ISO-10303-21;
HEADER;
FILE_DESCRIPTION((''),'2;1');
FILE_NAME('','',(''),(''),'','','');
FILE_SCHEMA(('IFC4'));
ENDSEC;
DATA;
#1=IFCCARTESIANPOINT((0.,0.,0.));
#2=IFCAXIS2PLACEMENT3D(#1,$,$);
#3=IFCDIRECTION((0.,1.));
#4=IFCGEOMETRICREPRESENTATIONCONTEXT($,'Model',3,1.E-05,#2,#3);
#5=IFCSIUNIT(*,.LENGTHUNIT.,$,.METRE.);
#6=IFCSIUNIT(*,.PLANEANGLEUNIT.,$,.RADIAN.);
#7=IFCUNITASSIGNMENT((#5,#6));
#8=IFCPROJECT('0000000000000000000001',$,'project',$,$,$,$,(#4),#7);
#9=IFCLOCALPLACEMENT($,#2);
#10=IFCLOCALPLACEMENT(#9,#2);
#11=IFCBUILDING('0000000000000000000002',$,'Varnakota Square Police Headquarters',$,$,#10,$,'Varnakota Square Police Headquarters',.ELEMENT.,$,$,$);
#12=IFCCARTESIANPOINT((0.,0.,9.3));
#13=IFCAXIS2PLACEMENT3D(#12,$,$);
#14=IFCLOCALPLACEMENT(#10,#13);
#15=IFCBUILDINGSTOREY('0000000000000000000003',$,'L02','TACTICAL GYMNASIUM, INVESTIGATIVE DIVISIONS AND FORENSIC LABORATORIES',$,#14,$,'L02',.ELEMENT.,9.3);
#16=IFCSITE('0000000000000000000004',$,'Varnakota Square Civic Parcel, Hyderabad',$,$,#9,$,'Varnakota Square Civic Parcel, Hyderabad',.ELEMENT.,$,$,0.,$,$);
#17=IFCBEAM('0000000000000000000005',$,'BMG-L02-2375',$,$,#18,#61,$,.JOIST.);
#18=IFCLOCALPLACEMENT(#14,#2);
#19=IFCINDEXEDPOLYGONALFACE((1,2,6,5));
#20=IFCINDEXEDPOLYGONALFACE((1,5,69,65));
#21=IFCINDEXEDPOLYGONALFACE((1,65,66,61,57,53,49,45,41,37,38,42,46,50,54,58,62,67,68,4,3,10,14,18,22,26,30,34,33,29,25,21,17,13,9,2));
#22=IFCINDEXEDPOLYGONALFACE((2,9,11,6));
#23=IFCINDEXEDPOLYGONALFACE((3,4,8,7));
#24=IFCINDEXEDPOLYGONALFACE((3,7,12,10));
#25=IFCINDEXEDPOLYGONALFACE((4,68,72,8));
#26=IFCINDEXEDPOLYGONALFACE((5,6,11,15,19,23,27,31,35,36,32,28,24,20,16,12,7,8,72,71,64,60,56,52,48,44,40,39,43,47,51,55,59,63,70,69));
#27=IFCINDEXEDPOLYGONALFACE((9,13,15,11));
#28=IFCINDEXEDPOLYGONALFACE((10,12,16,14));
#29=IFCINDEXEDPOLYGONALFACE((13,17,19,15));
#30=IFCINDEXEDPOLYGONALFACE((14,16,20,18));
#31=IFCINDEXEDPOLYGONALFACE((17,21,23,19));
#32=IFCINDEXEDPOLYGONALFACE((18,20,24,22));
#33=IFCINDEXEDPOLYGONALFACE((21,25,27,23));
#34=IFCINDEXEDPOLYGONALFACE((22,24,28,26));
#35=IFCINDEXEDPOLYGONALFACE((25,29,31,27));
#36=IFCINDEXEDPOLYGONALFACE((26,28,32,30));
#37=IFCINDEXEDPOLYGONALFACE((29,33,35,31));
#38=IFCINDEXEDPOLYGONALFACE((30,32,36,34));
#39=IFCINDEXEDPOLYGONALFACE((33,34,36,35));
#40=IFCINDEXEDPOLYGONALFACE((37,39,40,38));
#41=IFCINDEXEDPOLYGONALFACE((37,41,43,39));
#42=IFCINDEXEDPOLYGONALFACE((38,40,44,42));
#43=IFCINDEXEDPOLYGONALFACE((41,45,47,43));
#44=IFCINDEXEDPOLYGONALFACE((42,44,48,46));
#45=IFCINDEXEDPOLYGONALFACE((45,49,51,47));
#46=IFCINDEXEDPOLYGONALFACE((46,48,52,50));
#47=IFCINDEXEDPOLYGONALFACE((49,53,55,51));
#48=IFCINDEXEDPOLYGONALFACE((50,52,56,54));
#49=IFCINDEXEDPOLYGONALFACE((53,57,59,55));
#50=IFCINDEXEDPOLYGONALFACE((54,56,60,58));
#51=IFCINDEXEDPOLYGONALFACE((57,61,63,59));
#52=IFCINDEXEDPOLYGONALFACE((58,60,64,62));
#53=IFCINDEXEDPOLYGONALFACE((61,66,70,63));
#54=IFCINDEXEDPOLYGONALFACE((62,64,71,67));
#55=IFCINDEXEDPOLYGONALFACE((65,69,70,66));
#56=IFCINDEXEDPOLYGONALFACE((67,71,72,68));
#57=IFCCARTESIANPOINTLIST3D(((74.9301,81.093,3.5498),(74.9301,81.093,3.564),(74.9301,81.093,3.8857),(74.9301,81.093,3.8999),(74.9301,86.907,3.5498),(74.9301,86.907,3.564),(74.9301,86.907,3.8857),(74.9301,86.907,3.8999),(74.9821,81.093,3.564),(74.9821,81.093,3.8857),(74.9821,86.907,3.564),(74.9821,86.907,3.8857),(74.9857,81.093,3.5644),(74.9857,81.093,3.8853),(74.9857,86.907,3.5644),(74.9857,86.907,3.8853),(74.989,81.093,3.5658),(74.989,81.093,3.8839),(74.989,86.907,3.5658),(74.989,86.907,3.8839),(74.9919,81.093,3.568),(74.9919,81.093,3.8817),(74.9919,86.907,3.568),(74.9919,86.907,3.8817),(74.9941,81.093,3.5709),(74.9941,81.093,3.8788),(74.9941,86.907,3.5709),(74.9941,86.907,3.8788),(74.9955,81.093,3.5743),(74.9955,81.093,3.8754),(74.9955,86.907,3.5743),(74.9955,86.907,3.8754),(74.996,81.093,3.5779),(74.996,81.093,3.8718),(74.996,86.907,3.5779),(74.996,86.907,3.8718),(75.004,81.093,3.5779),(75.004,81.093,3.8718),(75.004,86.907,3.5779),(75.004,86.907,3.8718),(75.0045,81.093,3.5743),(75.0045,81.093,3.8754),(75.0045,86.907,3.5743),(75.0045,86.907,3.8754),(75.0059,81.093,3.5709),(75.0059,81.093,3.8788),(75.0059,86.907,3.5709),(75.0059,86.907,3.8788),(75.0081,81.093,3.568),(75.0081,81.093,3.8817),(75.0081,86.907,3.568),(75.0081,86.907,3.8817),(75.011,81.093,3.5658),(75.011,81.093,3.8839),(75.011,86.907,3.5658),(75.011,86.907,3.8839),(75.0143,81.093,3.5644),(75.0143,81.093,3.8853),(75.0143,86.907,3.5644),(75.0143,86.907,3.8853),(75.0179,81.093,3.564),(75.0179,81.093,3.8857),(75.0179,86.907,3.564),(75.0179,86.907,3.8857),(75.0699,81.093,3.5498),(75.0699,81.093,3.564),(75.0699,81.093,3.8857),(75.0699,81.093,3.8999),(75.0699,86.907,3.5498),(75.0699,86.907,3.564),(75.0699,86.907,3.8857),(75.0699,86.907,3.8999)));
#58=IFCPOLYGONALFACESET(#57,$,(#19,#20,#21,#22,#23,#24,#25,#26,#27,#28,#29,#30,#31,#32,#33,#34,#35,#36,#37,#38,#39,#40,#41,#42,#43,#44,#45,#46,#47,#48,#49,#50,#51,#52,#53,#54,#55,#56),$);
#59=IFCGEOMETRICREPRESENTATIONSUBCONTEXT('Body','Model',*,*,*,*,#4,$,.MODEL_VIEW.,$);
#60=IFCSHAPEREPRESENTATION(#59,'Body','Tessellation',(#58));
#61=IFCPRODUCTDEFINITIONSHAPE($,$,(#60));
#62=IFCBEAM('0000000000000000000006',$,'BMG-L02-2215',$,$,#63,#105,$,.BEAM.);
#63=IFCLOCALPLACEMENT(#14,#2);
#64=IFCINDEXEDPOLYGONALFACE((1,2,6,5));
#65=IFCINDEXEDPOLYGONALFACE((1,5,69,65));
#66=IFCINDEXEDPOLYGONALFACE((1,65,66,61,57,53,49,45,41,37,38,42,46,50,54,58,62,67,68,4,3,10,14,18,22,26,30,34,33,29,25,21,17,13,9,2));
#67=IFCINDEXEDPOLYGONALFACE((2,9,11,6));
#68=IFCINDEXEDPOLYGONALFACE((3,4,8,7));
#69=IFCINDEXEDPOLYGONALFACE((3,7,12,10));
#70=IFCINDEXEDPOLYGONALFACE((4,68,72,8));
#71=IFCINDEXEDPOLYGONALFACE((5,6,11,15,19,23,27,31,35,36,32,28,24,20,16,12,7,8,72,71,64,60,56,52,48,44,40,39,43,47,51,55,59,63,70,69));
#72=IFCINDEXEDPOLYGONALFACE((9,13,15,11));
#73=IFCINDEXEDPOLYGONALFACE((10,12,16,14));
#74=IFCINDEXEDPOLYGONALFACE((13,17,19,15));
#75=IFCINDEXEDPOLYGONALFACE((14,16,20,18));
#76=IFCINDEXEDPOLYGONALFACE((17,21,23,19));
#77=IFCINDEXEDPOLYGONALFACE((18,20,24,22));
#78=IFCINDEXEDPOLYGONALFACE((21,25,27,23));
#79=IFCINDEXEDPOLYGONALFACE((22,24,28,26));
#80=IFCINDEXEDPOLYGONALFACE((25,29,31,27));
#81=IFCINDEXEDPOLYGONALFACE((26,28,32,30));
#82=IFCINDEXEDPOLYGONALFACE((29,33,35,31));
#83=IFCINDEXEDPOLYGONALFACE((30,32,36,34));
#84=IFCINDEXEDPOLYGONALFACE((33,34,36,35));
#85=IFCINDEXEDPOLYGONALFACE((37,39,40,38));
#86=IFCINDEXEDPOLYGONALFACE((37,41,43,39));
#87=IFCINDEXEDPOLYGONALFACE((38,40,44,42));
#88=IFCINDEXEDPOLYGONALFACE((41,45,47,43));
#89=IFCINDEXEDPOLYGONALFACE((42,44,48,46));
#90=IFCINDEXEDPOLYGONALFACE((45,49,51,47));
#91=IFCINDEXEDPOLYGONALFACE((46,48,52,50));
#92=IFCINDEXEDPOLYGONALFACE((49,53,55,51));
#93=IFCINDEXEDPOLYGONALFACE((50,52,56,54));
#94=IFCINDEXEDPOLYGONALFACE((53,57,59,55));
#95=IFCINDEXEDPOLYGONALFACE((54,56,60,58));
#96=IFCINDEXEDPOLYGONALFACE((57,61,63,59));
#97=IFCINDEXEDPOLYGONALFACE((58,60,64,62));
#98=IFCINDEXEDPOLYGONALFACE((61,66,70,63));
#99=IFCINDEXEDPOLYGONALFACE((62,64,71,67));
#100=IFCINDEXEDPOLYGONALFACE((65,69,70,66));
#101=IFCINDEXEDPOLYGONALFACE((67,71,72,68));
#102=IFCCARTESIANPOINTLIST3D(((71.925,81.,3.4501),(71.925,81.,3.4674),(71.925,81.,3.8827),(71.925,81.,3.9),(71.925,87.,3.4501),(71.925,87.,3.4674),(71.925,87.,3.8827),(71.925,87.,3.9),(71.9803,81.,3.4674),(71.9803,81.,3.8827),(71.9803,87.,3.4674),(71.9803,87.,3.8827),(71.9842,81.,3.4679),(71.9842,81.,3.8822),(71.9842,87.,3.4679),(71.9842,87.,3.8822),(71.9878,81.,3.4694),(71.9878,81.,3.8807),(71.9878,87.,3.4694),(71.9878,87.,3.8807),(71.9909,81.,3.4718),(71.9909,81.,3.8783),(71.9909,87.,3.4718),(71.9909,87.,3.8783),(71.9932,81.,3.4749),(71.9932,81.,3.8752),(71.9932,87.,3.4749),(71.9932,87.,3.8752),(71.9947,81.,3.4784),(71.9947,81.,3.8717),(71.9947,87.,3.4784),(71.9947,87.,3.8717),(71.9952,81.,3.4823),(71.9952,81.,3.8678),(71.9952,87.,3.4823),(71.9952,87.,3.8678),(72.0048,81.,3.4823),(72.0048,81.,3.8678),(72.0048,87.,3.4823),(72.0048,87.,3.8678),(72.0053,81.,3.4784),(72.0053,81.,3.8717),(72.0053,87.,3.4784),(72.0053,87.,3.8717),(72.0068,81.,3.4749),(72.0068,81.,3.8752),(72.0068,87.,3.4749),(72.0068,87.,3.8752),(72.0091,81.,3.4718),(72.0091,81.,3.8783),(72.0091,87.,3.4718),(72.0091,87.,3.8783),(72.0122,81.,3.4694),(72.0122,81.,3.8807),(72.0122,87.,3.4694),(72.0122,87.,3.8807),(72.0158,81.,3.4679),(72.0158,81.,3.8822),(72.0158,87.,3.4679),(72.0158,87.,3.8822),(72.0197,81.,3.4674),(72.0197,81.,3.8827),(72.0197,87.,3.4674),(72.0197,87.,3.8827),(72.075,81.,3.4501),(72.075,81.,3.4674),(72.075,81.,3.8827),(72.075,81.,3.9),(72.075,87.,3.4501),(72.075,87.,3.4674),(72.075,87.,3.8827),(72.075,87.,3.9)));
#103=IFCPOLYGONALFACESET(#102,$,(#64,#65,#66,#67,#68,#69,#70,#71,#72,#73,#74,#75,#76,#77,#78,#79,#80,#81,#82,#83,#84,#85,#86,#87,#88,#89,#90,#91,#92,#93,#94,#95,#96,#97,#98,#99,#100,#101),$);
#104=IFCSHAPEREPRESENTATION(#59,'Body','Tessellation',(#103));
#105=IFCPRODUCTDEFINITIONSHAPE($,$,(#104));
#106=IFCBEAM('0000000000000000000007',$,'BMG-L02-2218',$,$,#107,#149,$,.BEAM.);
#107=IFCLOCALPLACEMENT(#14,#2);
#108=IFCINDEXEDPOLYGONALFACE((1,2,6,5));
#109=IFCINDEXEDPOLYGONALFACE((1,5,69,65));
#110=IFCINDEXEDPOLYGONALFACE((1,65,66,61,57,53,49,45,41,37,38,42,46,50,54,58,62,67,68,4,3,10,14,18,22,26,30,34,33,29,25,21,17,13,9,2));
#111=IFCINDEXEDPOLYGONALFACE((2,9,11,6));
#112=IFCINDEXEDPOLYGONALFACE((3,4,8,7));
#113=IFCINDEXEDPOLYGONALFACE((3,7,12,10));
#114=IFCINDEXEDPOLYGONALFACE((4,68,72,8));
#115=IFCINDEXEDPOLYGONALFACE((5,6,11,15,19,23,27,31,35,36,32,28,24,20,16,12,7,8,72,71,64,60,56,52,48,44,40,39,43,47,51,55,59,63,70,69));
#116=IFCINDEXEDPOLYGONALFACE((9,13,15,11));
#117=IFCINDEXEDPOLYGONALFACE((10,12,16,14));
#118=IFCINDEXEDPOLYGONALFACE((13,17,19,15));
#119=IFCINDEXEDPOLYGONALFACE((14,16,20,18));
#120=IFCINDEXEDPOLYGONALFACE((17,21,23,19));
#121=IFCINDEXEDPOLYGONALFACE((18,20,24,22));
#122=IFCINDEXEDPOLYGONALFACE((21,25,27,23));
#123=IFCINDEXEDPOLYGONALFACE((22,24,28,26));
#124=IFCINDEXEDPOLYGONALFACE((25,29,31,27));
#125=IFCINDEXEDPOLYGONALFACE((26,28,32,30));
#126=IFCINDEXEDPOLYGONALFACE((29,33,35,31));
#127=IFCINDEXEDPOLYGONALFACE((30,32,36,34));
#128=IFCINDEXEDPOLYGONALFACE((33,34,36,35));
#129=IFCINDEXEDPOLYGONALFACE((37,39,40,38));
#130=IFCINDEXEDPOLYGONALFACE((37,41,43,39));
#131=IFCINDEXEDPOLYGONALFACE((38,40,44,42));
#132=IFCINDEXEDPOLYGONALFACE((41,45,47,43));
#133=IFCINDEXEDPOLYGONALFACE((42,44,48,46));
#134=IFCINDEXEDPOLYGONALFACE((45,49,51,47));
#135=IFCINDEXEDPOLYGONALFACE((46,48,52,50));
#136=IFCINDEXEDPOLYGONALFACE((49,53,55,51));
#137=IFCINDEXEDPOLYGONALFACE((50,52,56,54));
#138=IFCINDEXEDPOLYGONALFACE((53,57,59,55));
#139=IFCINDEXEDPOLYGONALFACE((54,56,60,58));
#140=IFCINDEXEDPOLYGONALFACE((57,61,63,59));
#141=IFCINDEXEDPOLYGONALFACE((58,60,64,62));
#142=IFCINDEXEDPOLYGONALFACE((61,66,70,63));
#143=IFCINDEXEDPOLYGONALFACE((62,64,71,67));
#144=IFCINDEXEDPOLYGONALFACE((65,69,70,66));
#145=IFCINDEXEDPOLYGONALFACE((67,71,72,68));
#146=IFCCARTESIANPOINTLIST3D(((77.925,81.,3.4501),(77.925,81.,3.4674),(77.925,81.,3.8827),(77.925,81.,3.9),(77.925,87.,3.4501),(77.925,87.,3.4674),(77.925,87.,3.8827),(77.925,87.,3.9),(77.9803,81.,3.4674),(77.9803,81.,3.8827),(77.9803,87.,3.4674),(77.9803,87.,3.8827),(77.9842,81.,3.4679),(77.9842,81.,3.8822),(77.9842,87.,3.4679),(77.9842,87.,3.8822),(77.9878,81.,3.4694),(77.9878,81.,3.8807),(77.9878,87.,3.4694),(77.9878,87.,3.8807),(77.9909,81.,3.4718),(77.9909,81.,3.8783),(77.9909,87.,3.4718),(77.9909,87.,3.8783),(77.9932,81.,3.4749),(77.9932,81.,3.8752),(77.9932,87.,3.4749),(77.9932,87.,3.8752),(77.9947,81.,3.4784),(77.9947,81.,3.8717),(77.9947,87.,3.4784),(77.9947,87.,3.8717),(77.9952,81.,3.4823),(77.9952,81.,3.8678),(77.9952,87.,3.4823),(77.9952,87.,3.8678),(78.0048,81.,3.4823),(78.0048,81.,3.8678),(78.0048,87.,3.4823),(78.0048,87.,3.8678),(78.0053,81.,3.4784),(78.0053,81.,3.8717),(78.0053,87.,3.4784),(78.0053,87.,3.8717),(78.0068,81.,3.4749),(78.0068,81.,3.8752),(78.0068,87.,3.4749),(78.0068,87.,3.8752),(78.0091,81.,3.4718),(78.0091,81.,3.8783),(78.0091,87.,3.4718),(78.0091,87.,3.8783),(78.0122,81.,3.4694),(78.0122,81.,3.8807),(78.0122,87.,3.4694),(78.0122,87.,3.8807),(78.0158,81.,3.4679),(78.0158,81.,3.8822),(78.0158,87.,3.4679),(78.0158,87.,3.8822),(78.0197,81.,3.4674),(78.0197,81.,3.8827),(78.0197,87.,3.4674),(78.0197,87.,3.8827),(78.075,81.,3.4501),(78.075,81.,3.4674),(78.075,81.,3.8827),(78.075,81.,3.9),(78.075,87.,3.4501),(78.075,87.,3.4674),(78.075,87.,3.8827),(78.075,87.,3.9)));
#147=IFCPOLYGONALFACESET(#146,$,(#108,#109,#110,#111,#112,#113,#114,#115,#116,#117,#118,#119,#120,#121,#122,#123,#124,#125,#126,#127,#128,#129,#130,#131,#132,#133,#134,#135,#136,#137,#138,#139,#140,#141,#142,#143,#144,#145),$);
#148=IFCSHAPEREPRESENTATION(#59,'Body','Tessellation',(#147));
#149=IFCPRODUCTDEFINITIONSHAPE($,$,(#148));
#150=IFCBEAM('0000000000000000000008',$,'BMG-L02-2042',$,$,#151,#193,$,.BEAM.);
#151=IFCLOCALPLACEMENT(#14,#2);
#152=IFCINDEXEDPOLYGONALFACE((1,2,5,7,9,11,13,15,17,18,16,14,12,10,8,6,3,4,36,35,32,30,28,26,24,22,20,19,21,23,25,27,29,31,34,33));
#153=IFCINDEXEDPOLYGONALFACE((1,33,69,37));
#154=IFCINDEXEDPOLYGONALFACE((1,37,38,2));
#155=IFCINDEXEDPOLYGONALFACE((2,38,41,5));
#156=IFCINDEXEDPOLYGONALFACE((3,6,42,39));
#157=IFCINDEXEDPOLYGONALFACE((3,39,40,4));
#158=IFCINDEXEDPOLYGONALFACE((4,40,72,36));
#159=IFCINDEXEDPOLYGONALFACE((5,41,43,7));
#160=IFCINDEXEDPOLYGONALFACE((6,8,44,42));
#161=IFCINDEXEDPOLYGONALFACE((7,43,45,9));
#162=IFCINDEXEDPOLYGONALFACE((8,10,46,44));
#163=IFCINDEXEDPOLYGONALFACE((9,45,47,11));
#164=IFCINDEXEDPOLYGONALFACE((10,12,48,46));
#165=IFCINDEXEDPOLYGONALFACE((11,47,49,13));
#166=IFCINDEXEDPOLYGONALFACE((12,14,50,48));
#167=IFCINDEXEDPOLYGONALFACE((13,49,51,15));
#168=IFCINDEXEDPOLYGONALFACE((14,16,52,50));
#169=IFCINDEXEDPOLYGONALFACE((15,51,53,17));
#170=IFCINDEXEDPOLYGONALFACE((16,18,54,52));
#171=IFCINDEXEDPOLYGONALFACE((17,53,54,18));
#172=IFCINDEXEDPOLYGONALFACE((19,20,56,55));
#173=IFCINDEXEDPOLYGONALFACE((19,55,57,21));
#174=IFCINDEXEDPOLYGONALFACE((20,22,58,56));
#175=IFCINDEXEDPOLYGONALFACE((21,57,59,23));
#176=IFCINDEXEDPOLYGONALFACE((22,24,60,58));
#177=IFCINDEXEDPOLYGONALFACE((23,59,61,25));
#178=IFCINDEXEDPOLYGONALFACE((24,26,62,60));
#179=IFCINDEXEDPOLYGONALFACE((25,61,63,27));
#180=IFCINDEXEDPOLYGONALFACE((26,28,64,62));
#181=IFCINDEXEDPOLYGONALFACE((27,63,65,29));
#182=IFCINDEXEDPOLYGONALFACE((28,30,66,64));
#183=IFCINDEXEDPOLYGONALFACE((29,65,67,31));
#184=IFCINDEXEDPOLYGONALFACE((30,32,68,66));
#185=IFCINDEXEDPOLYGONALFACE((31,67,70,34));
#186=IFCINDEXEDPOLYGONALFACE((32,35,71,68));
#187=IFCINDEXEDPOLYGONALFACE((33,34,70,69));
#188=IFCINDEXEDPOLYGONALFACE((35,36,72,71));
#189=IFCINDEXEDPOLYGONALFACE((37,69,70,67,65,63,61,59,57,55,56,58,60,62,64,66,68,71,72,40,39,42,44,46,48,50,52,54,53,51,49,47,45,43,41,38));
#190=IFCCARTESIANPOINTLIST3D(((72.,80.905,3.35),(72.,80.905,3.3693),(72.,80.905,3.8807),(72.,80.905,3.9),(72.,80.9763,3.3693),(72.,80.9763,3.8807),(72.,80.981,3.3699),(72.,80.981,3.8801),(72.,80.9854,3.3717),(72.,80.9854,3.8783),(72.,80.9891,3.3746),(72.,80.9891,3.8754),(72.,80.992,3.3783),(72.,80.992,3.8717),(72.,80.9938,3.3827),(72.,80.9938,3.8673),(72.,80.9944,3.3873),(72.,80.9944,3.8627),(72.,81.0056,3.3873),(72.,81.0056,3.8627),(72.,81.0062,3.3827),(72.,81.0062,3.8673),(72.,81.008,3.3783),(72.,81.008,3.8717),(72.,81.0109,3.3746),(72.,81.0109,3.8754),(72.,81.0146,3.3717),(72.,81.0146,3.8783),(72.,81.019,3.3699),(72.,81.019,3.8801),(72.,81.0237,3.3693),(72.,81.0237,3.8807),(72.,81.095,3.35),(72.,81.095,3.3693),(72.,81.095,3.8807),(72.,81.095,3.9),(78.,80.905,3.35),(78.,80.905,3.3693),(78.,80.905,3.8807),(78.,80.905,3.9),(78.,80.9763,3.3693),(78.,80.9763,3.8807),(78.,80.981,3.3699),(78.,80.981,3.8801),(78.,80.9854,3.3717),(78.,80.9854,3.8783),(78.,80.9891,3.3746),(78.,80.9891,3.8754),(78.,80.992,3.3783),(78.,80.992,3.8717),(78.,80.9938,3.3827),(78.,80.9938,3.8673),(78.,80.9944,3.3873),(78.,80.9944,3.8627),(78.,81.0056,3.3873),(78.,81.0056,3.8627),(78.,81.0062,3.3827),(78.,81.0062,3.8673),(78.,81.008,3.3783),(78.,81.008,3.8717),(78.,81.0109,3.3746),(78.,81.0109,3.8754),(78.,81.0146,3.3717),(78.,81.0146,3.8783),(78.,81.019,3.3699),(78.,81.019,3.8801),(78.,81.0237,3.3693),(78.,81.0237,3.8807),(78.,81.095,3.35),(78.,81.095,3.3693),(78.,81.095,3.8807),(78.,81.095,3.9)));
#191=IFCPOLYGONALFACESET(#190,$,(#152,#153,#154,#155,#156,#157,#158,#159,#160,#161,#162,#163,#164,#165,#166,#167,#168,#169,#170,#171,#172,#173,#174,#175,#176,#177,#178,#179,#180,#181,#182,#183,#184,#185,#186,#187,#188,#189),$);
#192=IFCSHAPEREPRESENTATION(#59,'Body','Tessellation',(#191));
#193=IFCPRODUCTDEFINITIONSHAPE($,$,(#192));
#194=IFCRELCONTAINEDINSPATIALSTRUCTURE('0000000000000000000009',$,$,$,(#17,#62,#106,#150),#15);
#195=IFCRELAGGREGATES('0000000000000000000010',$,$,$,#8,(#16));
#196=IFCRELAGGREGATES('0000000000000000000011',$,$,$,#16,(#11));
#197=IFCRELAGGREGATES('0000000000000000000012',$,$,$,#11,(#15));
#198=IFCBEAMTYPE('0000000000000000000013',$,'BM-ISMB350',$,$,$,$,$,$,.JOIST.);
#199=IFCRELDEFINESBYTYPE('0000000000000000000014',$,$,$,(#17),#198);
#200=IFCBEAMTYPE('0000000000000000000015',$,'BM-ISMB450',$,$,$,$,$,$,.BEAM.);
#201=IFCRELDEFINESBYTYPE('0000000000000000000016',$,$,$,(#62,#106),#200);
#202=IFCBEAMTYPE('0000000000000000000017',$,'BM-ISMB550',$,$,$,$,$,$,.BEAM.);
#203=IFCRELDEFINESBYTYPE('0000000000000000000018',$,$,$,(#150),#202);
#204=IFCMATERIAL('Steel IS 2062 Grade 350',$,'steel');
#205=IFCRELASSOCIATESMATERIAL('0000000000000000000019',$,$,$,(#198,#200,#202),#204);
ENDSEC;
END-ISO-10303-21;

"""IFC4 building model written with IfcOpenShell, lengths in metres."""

from ifc_helpers import new_model, si_unit, direction, frame, origin, origin_2d, place, context, subcontext, project, spatial, i_section, extrude, material, material_profile, profile_set, type_object, element, save


model = new_model("IFC4")

# Units and contexts
model_context = context("Model", 3, precision=1e-05, world=origin(), true_north=direction((0.0, 1.0)))
body_context = subcontext(model_context, "Body", "Model", "MODEL_VIEW")
ifc_project = project(units=[si_unit("LENGTHUNIT", "METRE"), si_unit("PLANEANGLEUNIT", "RADIAN")], contexts=[model_context])

# Site, building, storey
site_placement = place(None, origin())
site = spatial("IfcSite", under=ifc_project, at=site_placement, Name="Varnakota Square Civic Parcel, Hyderabad", LongName="Varnakota Square Civic Parcel, Hyderabad", CompositionType="ELEMENT", RefElevation=0.0)
building_placement = place(site_placement, origin())
building = spatial("IfcBuilding", under=site, at=building_placement, Name="Varnakota Square Police Headquarters", LongName="Varnakota Square Police Headquarters", CompositionType="ELEMENT")
storey_placement = place(building_placement, frame((0.0, 0.0, 9.3)))
storey = spatial("IfcBuildingStorey", under=building, at=storey_placement, Name="L02", Description="TACTICAL GYMNASIUM, INVESTIGATIVE DIVISIONS AND FORENSIC LABORATORIES", LongName="L02", CompositionType="ELEMENT", Elevation=9.3)

# Shared definitions
ifc_material_1 = material(Name="Steel IS 2062 Grade 350", Category="steel")

# Beams
ifc_material_profile_1 = material_profile(ifc_material_1, i_section(OverallWidth=0.1399, OverallDepth=0.3501, WebThickness=0.0081, FlangeThickness=0.0142, FilletRadius=0.0139, at=origin_2d()), Name="ISMB 350")
ifc_profile_set_1 = profile_set([ifc_material_profile_1], Name="Steel IS 2062 Grade 350")
beam_type_1 = type_object("IfcBeamType", Name="BM-ISMB350", PredefinedType="JOIST", material=ifc_profile_set_1)
beam_1_placement = place(storey_placement, frame((75.0, 81.093, 3.7249), z_axis=(0.0, 1.0, 0.0), x_axis=(-1.0, 0.0, 0.0)))
element("IfcBeam", 1, at=beam_1_placement, inside=storey, type_object=beam_type_1, Name="BMG-L02-2375", PredefinedType="JOIST", context=body_context, shape_type="SweptSolid", body=[
    extrude(i_section(OverallWidth=0.1399, OverallDepth=0.3501, WebThickness=0.0081, FlangeThickness=0.0142, FilletRadius=0.0139, at=origin_2d()), origin(), (0.0, 0.0, 1.0), 5.814),
])
ifc_material_profile_2 = material_profile(ifc_material_1, i_section(OverallWidth=0.1499, OverallDepth=0.45, WebThickness=0.0095, FlangeThickness=0.0173, FilletRadius=0.0149, at=origin_2d()), Name="ISMB 450")
ifc_profile_set_2 = profile_set([ifc_material_profile_2], Name="Steel IS 2062 Grade 350")
beam_type_2 = type_object("IfcBeamType", Name="BM-ISMB450", PredefinedType="BEAM", material=ifc_profile_set_2)
for number, where, z_axis, x_axis, name in (
    (2, (72.0, 81.0, 3.675), (0.0, 1.0, 0.0), (-1.0, 0.0, 0.0), "BMG-L02-2215"),
    (3, (78.0, 81.0, 3.675), (0.0, 1.0, 0.0), (-1.0, 0.0, 0.0), "BMG-L02-2218"),
):
    element("IfcBeam", number, at=place(storey_placement, frame(where, z_axis=z_axis, x_axis=x_axis)), inside=storey, type_object=beam_type_2, Name=name, PredefinedType="BEAM", context=body_context, shape_type="SweptSolid", body=[
        extrude(i_section(OverallWidth=0.1499, OverallDepth=0.45, WebThickness=0.0095, FlangeThickness=0.0173, FilletRadius=0.0149, at=origin_2d()), origin(), (0.0, 0.0, 1.0), 6.0),
    ])
ifc_material_profile_3 = material_profile(ifc_material_1, i_section(OverallWidth=0.1899, OverallDepth=0.55, WebThickness=0.0112, FlangeThickness=0.0193, FilletRadius=0.0181, at=origin_2d()), Name="ISMB 550")
ifc_profile_set_3 = profile_set([ifc_material_profile_3], Name="Steel IS 2062 Grade 350")
beam_type_3 = type_object("IfcBeamType", Name="BM-ISMB550", PredefinedType="BEAM", material=ifc_profile_set_3)
for number, where, z_axis, x_axis, name in (
    (4, (72.0, 81.0, 3.625), (1.0, 0.0, 0.0), (0.0, 1.0, 0.0), "BMG-L02-2042"),
):
    element("IfcBeam", number, at=place(storey_placement, frame(where, z_axis=z_axis, x_axis=x_axis)), inside=storey, type_object=beam_type_3, Name=name, PredefinedType="BEAM", context=body_context, shape_type="SweptSolid", body=[
        extrude(i_section(OverallWidth=0.1899, OverallDepth=0.55, WebThickness=0.0112, FlangeThickness=0.0193, FilletRadius=0.0181, at=origin_2d()), origin(), (0.0, 0.0, 1.0), 6.0),
    ])

save(model, "model.ifc")
